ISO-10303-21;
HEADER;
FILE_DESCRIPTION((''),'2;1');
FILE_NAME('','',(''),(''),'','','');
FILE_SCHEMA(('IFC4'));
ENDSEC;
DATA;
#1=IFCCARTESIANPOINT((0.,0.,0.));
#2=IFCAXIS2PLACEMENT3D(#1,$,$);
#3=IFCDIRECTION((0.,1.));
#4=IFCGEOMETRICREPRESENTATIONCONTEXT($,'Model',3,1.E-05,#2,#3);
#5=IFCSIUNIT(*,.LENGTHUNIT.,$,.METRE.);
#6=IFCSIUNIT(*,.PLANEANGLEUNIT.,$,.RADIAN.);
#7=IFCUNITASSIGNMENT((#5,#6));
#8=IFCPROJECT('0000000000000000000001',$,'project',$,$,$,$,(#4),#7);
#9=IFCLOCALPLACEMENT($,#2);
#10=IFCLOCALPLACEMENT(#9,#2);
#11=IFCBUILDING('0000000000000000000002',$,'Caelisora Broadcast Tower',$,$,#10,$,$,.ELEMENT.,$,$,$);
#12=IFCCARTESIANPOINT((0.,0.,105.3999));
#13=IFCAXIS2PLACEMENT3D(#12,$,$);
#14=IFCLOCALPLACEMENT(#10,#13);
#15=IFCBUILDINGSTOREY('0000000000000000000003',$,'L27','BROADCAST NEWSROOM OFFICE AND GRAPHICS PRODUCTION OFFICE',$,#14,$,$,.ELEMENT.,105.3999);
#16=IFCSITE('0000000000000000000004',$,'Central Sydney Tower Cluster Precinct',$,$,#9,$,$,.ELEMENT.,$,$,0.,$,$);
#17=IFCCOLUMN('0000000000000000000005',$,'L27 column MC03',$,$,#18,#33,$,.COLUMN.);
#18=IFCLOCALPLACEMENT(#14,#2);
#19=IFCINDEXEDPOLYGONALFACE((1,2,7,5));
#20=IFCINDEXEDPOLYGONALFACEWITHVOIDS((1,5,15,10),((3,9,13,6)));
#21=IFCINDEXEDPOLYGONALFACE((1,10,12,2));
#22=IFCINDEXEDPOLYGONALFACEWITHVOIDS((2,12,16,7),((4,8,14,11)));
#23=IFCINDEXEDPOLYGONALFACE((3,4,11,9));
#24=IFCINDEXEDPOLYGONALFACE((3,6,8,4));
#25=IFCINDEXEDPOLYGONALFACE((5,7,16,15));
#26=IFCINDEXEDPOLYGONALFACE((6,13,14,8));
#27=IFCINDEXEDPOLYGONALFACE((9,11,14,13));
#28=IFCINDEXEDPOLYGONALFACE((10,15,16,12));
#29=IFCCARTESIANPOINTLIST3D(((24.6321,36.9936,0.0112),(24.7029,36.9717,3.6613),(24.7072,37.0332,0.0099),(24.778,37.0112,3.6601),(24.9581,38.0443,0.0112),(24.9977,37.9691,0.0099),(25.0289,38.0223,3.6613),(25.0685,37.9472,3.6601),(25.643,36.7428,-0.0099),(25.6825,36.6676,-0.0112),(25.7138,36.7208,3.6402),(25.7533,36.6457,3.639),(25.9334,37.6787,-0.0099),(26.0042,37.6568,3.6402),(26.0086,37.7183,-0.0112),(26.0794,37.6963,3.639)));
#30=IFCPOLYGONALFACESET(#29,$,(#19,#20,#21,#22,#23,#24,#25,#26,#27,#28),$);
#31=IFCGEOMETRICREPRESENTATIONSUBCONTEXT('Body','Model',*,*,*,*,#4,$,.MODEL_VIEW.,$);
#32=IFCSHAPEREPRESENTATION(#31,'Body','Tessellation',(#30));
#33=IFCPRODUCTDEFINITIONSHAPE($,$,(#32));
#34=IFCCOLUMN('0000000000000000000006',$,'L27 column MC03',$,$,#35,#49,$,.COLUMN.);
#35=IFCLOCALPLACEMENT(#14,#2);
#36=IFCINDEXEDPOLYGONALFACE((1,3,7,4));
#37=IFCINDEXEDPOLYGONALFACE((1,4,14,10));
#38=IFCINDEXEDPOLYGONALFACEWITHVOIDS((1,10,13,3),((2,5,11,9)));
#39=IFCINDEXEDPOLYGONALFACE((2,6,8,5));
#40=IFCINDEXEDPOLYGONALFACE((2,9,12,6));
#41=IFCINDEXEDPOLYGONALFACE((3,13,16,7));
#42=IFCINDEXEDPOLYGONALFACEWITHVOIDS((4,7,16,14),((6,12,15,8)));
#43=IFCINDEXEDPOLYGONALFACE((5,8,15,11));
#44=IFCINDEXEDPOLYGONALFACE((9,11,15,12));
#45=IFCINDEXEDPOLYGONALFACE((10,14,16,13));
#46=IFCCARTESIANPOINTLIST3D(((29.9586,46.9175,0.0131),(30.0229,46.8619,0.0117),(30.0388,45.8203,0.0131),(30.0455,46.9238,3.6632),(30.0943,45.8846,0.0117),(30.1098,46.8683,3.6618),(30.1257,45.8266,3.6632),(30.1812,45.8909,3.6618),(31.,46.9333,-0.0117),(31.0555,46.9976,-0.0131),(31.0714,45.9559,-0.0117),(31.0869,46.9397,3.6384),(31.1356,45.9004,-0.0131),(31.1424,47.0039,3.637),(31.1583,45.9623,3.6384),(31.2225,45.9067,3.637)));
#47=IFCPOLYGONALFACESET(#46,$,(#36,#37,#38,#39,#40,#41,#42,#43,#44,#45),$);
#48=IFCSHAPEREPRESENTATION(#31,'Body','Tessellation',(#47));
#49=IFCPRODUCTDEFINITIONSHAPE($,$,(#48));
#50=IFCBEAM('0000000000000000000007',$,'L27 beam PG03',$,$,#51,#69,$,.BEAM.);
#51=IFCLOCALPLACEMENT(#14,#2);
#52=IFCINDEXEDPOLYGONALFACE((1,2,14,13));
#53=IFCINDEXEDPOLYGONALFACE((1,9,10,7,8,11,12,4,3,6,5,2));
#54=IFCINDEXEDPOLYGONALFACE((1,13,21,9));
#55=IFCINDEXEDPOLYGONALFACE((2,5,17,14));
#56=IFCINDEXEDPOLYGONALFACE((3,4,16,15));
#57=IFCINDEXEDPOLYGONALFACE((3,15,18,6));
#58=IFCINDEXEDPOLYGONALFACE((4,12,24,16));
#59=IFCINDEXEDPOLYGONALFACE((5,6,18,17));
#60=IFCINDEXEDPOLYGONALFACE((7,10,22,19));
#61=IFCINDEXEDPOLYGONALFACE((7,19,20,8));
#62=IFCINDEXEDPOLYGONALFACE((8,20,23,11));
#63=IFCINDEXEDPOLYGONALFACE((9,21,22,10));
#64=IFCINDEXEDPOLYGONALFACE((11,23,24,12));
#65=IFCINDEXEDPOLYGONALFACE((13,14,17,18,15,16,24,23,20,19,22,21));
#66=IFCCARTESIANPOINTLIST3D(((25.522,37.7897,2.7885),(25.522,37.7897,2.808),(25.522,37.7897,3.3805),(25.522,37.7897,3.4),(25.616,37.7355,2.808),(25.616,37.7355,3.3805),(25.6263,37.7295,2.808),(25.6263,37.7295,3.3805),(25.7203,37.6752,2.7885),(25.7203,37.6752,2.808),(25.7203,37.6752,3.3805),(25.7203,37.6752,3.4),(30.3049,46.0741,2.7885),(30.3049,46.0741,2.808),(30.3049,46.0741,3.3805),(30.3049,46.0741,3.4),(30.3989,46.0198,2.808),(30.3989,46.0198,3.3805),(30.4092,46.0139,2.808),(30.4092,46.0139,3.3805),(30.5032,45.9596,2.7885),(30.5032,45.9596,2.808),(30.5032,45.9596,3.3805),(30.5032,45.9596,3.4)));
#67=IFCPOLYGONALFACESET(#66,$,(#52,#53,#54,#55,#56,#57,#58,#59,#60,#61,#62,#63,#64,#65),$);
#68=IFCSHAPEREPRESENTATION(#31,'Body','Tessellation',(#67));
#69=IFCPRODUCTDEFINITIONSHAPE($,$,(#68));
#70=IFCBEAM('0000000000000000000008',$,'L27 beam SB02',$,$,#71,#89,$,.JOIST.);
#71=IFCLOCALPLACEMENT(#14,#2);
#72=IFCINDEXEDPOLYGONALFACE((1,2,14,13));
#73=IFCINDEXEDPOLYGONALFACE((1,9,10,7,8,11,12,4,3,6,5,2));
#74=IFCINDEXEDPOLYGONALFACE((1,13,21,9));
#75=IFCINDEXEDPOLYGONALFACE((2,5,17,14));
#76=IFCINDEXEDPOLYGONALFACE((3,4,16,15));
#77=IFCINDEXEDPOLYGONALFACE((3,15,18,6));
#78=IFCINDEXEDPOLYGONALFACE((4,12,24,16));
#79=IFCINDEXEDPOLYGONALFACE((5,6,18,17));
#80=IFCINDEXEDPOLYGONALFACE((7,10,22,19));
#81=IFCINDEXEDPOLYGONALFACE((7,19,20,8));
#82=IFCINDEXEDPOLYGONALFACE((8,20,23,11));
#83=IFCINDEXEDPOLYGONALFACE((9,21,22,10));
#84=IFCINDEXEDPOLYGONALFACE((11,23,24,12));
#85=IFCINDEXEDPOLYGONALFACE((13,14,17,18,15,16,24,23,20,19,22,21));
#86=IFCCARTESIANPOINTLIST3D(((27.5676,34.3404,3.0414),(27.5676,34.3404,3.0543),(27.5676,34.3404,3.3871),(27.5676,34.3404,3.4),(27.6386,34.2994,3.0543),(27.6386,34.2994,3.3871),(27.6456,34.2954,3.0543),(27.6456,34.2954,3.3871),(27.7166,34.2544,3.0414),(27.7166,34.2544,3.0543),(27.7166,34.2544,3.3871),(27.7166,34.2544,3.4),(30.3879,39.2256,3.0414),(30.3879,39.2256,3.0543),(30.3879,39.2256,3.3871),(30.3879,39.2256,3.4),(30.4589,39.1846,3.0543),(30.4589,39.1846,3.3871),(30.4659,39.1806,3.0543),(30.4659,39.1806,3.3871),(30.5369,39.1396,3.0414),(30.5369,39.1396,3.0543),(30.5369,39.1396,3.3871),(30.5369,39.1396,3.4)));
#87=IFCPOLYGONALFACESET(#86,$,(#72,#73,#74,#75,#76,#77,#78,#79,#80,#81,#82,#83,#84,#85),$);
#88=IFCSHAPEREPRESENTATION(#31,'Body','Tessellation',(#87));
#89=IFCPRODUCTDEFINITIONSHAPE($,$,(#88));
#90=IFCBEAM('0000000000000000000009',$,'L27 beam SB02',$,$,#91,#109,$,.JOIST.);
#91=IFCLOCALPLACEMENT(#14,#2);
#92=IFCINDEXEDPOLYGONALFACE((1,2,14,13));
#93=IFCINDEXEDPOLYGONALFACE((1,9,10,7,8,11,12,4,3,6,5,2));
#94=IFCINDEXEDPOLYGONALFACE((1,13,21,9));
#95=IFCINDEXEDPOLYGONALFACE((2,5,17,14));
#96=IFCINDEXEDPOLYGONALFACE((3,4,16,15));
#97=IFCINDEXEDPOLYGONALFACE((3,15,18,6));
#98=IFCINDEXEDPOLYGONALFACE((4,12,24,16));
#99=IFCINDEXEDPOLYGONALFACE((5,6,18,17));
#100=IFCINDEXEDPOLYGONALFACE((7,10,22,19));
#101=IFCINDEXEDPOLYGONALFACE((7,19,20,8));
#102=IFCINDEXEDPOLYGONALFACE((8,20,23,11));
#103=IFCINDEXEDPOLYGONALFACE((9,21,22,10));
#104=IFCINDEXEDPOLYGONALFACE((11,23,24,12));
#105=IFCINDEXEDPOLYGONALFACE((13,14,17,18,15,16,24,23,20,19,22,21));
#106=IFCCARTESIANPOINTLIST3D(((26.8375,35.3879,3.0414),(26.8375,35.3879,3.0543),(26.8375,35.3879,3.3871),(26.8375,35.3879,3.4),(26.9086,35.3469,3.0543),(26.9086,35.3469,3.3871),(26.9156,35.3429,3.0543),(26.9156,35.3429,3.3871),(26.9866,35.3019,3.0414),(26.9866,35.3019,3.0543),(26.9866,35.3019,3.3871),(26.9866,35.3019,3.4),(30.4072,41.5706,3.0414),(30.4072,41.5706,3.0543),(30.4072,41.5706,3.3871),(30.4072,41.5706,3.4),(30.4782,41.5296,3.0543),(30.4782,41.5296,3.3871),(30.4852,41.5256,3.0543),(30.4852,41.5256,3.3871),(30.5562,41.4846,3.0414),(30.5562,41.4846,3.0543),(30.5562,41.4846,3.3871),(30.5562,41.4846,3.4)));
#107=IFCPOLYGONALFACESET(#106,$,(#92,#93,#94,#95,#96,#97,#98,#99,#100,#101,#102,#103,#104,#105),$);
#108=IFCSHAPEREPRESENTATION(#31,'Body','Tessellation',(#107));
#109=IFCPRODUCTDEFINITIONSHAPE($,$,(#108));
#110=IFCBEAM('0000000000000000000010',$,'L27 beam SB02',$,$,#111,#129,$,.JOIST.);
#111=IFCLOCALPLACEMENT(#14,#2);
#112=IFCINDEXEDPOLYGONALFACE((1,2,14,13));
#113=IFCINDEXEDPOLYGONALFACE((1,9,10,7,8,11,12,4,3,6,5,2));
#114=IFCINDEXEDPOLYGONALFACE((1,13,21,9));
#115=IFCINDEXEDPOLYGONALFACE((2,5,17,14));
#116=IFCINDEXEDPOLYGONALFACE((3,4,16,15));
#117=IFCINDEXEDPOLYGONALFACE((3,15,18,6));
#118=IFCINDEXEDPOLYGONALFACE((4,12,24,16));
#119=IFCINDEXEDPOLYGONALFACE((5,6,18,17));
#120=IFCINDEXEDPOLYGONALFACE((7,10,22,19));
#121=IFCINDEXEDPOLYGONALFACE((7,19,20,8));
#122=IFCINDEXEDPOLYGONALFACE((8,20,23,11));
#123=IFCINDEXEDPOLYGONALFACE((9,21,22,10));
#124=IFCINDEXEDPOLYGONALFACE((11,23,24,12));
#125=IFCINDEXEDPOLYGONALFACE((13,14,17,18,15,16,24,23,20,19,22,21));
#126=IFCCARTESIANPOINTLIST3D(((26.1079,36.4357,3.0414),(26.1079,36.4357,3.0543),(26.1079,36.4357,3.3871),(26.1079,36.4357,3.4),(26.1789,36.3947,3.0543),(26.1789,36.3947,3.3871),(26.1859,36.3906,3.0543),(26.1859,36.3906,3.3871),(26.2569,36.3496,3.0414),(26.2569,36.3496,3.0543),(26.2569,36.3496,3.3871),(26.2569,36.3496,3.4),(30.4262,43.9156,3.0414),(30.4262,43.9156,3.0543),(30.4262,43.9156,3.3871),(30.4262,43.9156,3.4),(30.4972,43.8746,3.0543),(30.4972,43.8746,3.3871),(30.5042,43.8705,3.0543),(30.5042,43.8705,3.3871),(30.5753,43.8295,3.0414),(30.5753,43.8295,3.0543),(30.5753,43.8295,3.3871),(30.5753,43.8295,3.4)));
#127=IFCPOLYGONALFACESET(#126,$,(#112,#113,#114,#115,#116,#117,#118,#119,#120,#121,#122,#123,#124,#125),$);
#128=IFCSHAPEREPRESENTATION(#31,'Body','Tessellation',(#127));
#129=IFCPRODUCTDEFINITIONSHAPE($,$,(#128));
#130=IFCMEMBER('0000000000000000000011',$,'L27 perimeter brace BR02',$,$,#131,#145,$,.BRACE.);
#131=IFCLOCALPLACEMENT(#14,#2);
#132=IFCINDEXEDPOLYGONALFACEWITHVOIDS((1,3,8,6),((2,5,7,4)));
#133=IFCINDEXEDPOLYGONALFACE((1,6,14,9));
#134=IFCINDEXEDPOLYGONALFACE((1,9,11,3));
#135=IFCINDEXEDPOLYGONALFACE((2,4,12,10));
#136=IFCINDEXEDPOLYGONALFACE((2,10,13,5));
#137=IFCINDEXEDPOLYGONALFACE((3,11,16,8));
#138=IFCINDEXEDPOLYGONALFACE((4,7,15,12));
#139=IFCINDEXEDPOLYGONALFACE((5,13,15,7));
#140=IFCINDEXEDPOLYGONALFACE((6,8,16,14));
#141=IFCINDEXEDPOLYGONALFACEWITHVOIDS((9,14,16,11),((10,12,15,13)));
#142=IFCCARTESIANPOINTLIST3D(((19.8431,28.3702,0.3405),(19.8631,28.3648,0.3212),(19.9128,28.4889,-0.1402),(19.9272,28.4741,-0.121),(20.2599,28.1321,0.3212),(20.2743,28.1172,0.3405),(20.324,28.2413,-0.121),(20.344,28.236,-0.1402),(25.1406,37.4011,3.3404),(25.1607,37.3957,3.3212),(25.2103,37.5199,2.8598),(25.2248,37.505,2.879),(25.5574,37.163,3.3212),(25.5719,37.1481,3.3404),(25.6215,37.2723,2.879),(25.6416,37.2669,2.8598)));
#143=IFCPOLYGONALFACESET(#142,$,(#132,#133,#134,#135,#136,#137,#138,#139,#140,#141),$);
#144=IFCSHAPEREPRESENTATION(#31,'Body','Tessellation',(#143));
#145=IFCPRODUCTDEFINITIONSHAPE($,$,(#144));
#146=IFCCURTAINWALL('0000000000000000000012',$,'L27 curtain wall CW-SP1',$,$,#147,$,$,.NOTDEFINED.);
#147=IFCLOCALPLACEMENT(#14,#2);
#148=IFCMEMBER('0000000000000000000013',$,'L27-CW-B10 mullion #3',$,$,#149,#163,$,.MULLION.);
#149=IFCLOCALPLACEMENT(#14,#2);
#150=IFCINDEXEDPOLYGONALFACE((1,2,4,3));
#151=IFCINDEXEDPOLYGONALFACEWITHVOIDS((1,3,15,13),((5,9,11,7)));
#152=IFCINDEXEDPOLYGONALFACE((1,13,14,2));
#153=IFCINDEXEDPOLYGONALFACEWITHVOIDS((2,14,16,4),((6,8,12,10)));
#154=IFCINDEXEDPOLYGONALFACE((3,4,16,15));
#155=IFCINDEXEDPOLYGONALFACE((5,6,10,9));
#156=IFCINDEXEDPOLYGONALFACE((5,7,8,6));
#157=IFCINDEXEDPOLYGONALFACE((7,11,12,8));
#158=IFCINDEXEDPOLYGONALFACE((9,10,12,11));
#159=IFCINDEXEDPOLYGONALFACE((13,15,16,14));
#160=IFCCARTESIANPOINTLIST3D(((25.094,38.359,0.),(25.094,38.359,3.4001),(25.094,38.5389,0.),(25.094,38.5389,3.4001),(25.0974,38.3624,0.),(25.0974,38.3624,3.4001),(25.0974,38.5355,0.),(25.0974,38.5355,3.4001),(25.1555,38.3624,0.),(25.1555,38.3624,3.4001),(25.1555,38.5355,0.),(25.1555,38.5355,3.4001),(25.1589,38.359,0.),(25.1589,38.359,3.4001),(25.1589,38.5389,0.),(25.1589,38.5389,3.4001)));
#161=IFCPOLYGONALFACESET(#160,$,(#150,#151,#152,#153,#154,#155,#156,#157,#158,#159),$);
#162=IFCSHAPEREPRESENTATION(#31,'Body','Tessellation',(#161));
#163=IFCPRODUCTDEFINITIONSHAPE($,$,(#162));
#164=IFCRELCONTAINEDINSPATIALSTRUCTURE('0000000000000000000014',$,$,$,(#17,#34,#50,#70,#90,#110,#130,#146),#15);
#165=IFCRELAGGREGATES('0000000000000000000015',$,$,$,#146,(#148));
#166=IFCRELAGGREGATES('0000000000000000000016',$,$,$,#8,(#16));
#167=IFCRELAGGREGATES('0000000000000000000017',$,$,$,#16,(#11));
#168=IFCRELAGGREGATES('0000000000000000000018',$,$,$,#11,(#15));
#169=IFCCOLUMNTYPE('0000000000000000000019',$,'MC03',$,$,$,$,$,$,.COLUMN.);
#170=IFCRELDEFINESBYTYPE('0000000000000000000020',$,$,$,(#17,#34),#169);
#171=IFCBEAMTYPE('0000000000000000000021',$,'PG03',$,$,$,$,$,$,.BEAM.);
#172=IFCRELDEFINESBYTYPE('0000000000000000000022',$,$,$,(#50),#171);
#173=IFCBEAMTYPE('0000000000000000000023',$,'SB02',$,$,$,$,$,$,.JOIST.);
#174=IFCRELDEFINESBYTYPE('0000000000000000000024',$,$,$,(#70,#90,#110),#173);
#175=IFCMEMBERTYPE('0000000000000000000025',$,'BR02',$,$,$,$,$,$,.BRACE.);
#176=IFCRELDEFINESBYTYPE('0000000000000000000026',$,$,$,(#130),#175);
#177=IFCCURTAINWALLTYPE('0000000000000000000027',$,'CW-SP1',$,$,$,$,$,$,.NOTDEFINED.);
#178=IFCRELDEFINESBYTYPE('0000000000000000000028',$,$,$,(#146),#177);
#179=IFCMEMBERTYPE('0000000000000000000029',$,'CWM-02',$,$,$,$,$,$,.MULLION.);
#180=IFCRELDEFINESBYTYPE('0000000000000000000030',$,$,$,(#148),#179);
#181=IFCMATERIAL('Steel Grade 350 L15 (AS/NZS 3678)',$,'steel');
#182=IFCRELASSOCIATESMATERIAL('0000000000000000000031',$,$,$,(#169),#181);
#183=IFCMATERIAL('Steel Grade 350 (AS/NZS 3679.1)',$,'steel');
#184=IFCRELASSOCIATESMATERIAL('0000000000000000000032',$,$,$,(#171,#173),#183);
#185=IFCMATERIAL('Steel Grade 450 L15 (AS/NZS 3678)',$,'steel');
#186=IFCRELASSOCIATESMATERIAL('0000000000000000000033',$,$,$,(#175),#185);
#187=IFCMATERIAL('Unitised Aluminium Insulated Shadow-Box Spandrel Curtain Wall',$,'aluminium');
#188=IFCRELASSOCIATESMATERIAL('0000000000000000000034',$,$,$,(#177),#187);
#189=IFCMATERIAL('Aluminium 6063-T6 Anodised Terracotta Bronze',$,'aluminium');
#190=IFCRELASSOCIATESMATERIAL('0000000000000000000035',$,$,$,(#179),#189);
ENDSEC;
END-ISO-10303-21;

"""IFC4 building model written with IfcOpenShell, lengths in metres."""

from ifc_helpers import new_model, si_unit, direction, frame, origin, origin_2d, place, context, subcontext, project, spatial, hollow_rectangle, i_section, extrude, source, transform, mapped, material, material_profile, profile_set, type_object, type_shapes, element, aggregate, save


model = new_model("IFC4")

# Units and contexts
model_context = context("Model", 3, precision=1e-05, world=origin(), true_north=direction((0.0, 1.0)))
body_context = subcontext(model_context, "Body", "Model", "MODEL_VIEW")
ifc_project = project(units=[si_unit("LENGTHUNIT", "METRE"), si_unit("PLANEANGLEUNIT", "RADIAN")], contexts=[model_context])

# Site, building, storey
site_placement = place(None, origin())
site = spatial("IfcSite", under=ifc_project, at=site_placement, Name="Central Sydney Tower Cluster Precinct", CompositionType="ELEMENT", RefElevation=0.0)
building_placement = place(site_placement, origin())
building = spatial("IfcBuilding", under=site, at=building_placement, Name="Caelisora Broadcast Tower", CompositionType="ELEMENT")
storey_placement = place(building_placement, frame((0.0, 0.0, 105.3999)))
storey = spatial("IfcBuildingStorey", under=building, at=storey_placement, Name="L27", Description="BROADCAST NEWSROOM OFFICE AND GRAPHICS PRODUCTION OFFICE", CompositionType="ELEMENT", Elevation=105.3999)

# Columns
ifc_material_1 = material(Name="Steel Grade 350 L15 (AS/NZS 3678)", Category="steel")
ifc_material_profile_1 = material_profile(ifc_material_1, hollow_rectangle(XDim=1.1001, YDim=1.1001, WallThickness=0.0601, at=origin_2d()), Name="Steel Grade 350 L15 (AS/NZS 3678)")
ifc_profile_set_1 = profile_set([ifc_material_profile_1], Name="Steel Grade 350 L15 (AS/NZS 3678)")
column_type = type_object("IfcColumnType", Name="MC03", PredefinedType="COLUMN", material=ifc_profile_set_1)
shared_shape_1 = source(origin(), body_context, "Body", "SweptSolid", [
    extrude(hollow_rectangle(XDim=1.1001, YDim=1.1001, WallThickness=0.0601, at=origin_2d()), origin(), (0.0, 0.0, 1.0), 3.6509),
])
column_1_placement = place(storey_placement, frame((25.3203, 37.356, 0.0), z_axis=(0.019393, -0.006018, 0.999794), x_axis=(0.296399, 0.955064, 0.0)))
element("IfcColumn", 1, at=column_1_placement, inside=storey, type_object=column_type, Name="L27 column MC03", PredefinedType="COLUMN", context=body_context, shape_type="MappedRepresentation", body=[
    mapped(shared_shape_1, transform((0.0, 0.0, 0.0), scale=1.0)),
])
shared_shape_2 = source(origin(), body_context, "Body", "SweptSolid", [
    extrude(hollow_rectangle(XDim=1.1001, YDim=1.1001, WallThickness=0.0601, at=origin_2d()), origin(), (0.0, 0.0, 1.0), 3.6511),
])
type_shapes(column_type, [shared_shape_1, shared_shape_2])
column_2_placement = place(storey_placement, frame((30.5471, 46.4089, 0.0), z_axis=(0.023804, 0.001739, 0.999715), x_axis=(-0.07284, 0.997344, 0.0)))
element("IfcColumn", 2, at=column_2_placement, inside=storey, type_object=column_type, Name="L27 column MC03", PredefinedType="COLUMN", context=body_context, shape_type="MappedRepresentation", body=[
    mapped(shared_shape_2, transform((0.0, 0.0, 0.0), scale=1.0)),
])

# Beams
ifc_material_2 = material(Name="Steel Grade 350 (AS/NZS 3679.1)", Category="steel")
ifc_material_profile_2 = material_profile(ifc_material_2, i_section(OverallWidth=0.229, OverallDepth=0.6116, WebThickness=0.012, FlangeThickness=0.0195, at=origin_2d()), Name="Steel Grade 350 (AS/NZS 3679.1)")
ifc_profile_set_2 = profile_set([ifc_material_profile_2], Name="Steel Grade 350 (AS/NZS 3679.1)")
beam_type_1 = type_object("IfcBeamType", Name="PG03", PredefinedType="BEAM", material=ifc_profile_set_2)
shared_shape_3 = source(origin(), body_context, "Body", "SweptSolid", [
    extrude(i_section(OverallWidth=0.229, OverallDepth=0.6116, WebThickness=0.012, FlangeThickness=0.0195, at=origin_2d()), origin(), (0.0, 0.0, 1.0), 9.5659),
])
type_shapes(beam_type_1, [shared_shape_3])
beam_1_placement = place(storey_placement, frame((30.4041, 46.0168, 3.0942), z_axis=(-0.499996, -0.866028, 0.0), x_axis=(0.866028, -0.499996, 0.0)))
element("IfcBeam", 3, at=beam_1_placement, inside=storey, type_object=beam_type_1, Name="L27 beam PG03", PredefinedType="BEAM", context=body_context, shape_type="MappedRepresentation", body=[
    mapped(shared_shape_3, transform((0.0, 0.0, 0.0), scale=1.0)),
])
ifc_material_profile_3 = material_profile(ifc_material_2, i_section(OverallWidth=0.1721, OverallDepth=0.3586, WebThickness=0.0081, FlangeThickness=0.0129, at=origin_2d()), Name="Steel Grade 350 (AS/NZS 3679.1)")
ifc_profile_set_3 = profile_set([ifc_material_profile_3], Name="Steel Grade 350 (AS/NZS 3679.1)")
beam_type_2 = type_object("IfcBeamType", Name="SB02", PredefinedType="JOIST", material=ifc_profile_set_3)
shared_shape_4 = source(origin(), body_context, "Body", "SweptSolid", [
    extrude(i_section(OverallWidth=0.1721, OverallDepth=0.3586, WebThickness=0.0081, FlangeThickness=0.0129, at=origin_2d()), origin(), (0.0, 0.0, 1.0), 5.6409),
])
beam_2_placement = place(storey_placement, frame((30.4624, 39.1826, 3.2207), z_axis=(-0.499975, -0.86604, 0.0), x_axis=(0.86604, -0.499975, 0.0)))
element("IfcBeam", 4, at=beam_2_placement, inside=storey, type_object=beam_type_2, Name="L27 beam SB02", PredefinedType="JOIST", context=body_context, shape_type="MappedRepresentation", body=[
    mapped(shared_shape_4, transform((0.0, 0.0, 0.0), scale=1.0)),
])
shared_shape_5 = source(origin(), body_context, "Body", "SweptSolid", [
    extrude(i_section(OverallWidth=0.1721, OverallDepth=0.3586, WebThickness=0.0081, FlangeThickness=0.0129, at=origin_2d()), origin(), (0.0, 0.0, 1.0), 7.1392),
])
beam_3_placement = place(storey_placement, frame((30.4817, 41.5276, 3.2207), z_axis=(-0.500005, -0.866023, 0.0), x_axis=(0.866023, -0.500005, 0.0)))
element("IfcBeam", 5, at=beam_3_placement, inside=storey, type_object=beam_type_2, Name="L27 beam SB02", PredefinedType="JOIST", context=body_context, shape_type="MappedRepresentation", body=[
    mapped(shared_shape_5, transform((0.0, 0.0, 0.0), scale=1.0)),
])
shared_shape_6 = source(origin(), body_context, "Body", "SweptSolid", [
    extrude(i_section(OverallWidth=0.1721, OverallDepth=0.3586, WebThickness=0.0081, FlangeThickness=0.0129, at=origin_2d()), origin(), (0.0, 0.0, 1.0), 8.637),
])
type_shapes(beam_type_2, [shared_shape_4, shared_shape_5, shared_shape_6])
beam_4_placement = place(storey_placement, frame((30.5007, 43.8726, 3.2207), z_axis=(-0.499982, -0.866036, 0.0), x_axis=(0.866036, -0.499982, 0.0)))
element("IfcBeam", 6, at=beam_4_placement, inside=storey, type_object=beam_type_2, Name="L27 beam SB02", PredefinedType="JOIST", context=body_context, shape_type="MappedRepresentation", body=[
    mapped(shared_shape_6, transform((0.0, 0.0, 0.0), scale=1.0)),
])

# Member
ifc_material_3 = material(Name="Steel Grade 450 L15 (AS/NZS 3678)", Category="steel")
ifc_material_profile_4 = material_profile(ifc_material_3, hollow_rectangle(XDim=0.5, YDim=0.5, WallThickness=0.02, at=origin_2d()), Name="Steel Grade 450 L15 (AS/NZS 3678)")
ifc_profile_set_4 = profile_set([ifc_material_profile_4], Name="Steel Grade 450 L15 (AS/NZS 3678)")
member_type_1 = type_object("IfcMemberType", Name="BR02", PredefinedType="BRACE", material=ifc_profile_set_4)
shared_shape_7 = source(origin(), body_context, "Body", "SweptSolid", [
    extrude(hollow_rectangle(XDim=0.5, YDim=0.5, WallThickness=0.02, at=origin_2d()), origin(), (0.0, 0.0, 1.0), 10.8914),
])
type_shapes(member_type_1, [shared_shape_7])
member_1_placement = place(storey_placement, frame((25.3911, 37.334, 3.1001), z_axis=(-0.486401, -0.829183, -0.275445), x_axis=(0.862549, -0.505973, 0.0)))
element("IfcMember", 7, at=member_1_placement, inside=storey, type_object=member_type_1, Name="L27 perimeter brace BR02", PredefinedType="BRACE", context=body_context, shape_type="MappedRepresentation", body=[
    mapped(shared_shape_7, transform((0.0, 0.0, 0.0), scale=1.0)),
])

# Curtain wall, member
ifc_material_4 = material(Name="Unitised Aluminium Insulated Shadow-Box Spandrel Curtain Wall", Category="aluminium")
curtain_wall_type_1 = type_object("IfcCurtainWallType", Name="CW-SP1", PredefinedType="NOTDEFINED", material=ifc_material_4)
curtain_wall_1_placement = place(storey_placement, origin())
curtain_wall_1 = element("IfcCurtainWall", 8, at=curtain_wall_1_placement, inside=storey, type_object=curtain_wall_type_1, Name="L27 curtain wall CW-SP1", PredefinedType="NOTDEFINED")
ifc_material_5 = material(Name="Aluminium 6063-T6 Anodised Terracotta Bronze", Category="aluminium")
ifc_material_profile_5 = material_profile(ifc_material_5, hollow_rectangle(XDim=0.0649, YDim=0.1799, WallThickness=0.0034, at=origin_2d()), Name="Aluminium 6063-T6 Anodised Terracotta Bronze")
ifc_profile_set_5 = profile_set([ifc_material_profile_5], Name="Aluminium 6063-T6 Anodised Terracotta Bronze")
member_type_2 = type_object("IfcMemberType", Name="CWM-02", PredefinedType="MULLION", material=ifc_profile_set_5)
shared_shape_8 = source(origin(), body_context, "Body", "SweptSolid", [
    extrude(hollow_rectangle(XDim=0.0649, YDim=0.1799, WallThickness=0.0034, at=origin_2d()), origin(), (0.0, 0.0, 1.0), 3.4001),
])
type_shapes(member_type_2, [shared_shape_8])
member_2_placement = place(storey_placement, frame((25.1265, 38.449, 0.0), z_axis=(0.0, 0.0, 1.0), x_axis=(1.0, 0.0, 0.0)))
member_2 = element("IfcMember", 9, at=member_2_placement, type_object=member_type_2, Name="L27-CW-B10 mullion #3", PredefinedType="MULLION", context=body_context, shape_type="MappedRepresentation", body=[
    mapped(shared_shape_8, transform((0.0, 0.0, 0.0), scale=1.0)),
])
aggregate(curtain_wall_1, [member_2])

save(model, "model.ifc")
